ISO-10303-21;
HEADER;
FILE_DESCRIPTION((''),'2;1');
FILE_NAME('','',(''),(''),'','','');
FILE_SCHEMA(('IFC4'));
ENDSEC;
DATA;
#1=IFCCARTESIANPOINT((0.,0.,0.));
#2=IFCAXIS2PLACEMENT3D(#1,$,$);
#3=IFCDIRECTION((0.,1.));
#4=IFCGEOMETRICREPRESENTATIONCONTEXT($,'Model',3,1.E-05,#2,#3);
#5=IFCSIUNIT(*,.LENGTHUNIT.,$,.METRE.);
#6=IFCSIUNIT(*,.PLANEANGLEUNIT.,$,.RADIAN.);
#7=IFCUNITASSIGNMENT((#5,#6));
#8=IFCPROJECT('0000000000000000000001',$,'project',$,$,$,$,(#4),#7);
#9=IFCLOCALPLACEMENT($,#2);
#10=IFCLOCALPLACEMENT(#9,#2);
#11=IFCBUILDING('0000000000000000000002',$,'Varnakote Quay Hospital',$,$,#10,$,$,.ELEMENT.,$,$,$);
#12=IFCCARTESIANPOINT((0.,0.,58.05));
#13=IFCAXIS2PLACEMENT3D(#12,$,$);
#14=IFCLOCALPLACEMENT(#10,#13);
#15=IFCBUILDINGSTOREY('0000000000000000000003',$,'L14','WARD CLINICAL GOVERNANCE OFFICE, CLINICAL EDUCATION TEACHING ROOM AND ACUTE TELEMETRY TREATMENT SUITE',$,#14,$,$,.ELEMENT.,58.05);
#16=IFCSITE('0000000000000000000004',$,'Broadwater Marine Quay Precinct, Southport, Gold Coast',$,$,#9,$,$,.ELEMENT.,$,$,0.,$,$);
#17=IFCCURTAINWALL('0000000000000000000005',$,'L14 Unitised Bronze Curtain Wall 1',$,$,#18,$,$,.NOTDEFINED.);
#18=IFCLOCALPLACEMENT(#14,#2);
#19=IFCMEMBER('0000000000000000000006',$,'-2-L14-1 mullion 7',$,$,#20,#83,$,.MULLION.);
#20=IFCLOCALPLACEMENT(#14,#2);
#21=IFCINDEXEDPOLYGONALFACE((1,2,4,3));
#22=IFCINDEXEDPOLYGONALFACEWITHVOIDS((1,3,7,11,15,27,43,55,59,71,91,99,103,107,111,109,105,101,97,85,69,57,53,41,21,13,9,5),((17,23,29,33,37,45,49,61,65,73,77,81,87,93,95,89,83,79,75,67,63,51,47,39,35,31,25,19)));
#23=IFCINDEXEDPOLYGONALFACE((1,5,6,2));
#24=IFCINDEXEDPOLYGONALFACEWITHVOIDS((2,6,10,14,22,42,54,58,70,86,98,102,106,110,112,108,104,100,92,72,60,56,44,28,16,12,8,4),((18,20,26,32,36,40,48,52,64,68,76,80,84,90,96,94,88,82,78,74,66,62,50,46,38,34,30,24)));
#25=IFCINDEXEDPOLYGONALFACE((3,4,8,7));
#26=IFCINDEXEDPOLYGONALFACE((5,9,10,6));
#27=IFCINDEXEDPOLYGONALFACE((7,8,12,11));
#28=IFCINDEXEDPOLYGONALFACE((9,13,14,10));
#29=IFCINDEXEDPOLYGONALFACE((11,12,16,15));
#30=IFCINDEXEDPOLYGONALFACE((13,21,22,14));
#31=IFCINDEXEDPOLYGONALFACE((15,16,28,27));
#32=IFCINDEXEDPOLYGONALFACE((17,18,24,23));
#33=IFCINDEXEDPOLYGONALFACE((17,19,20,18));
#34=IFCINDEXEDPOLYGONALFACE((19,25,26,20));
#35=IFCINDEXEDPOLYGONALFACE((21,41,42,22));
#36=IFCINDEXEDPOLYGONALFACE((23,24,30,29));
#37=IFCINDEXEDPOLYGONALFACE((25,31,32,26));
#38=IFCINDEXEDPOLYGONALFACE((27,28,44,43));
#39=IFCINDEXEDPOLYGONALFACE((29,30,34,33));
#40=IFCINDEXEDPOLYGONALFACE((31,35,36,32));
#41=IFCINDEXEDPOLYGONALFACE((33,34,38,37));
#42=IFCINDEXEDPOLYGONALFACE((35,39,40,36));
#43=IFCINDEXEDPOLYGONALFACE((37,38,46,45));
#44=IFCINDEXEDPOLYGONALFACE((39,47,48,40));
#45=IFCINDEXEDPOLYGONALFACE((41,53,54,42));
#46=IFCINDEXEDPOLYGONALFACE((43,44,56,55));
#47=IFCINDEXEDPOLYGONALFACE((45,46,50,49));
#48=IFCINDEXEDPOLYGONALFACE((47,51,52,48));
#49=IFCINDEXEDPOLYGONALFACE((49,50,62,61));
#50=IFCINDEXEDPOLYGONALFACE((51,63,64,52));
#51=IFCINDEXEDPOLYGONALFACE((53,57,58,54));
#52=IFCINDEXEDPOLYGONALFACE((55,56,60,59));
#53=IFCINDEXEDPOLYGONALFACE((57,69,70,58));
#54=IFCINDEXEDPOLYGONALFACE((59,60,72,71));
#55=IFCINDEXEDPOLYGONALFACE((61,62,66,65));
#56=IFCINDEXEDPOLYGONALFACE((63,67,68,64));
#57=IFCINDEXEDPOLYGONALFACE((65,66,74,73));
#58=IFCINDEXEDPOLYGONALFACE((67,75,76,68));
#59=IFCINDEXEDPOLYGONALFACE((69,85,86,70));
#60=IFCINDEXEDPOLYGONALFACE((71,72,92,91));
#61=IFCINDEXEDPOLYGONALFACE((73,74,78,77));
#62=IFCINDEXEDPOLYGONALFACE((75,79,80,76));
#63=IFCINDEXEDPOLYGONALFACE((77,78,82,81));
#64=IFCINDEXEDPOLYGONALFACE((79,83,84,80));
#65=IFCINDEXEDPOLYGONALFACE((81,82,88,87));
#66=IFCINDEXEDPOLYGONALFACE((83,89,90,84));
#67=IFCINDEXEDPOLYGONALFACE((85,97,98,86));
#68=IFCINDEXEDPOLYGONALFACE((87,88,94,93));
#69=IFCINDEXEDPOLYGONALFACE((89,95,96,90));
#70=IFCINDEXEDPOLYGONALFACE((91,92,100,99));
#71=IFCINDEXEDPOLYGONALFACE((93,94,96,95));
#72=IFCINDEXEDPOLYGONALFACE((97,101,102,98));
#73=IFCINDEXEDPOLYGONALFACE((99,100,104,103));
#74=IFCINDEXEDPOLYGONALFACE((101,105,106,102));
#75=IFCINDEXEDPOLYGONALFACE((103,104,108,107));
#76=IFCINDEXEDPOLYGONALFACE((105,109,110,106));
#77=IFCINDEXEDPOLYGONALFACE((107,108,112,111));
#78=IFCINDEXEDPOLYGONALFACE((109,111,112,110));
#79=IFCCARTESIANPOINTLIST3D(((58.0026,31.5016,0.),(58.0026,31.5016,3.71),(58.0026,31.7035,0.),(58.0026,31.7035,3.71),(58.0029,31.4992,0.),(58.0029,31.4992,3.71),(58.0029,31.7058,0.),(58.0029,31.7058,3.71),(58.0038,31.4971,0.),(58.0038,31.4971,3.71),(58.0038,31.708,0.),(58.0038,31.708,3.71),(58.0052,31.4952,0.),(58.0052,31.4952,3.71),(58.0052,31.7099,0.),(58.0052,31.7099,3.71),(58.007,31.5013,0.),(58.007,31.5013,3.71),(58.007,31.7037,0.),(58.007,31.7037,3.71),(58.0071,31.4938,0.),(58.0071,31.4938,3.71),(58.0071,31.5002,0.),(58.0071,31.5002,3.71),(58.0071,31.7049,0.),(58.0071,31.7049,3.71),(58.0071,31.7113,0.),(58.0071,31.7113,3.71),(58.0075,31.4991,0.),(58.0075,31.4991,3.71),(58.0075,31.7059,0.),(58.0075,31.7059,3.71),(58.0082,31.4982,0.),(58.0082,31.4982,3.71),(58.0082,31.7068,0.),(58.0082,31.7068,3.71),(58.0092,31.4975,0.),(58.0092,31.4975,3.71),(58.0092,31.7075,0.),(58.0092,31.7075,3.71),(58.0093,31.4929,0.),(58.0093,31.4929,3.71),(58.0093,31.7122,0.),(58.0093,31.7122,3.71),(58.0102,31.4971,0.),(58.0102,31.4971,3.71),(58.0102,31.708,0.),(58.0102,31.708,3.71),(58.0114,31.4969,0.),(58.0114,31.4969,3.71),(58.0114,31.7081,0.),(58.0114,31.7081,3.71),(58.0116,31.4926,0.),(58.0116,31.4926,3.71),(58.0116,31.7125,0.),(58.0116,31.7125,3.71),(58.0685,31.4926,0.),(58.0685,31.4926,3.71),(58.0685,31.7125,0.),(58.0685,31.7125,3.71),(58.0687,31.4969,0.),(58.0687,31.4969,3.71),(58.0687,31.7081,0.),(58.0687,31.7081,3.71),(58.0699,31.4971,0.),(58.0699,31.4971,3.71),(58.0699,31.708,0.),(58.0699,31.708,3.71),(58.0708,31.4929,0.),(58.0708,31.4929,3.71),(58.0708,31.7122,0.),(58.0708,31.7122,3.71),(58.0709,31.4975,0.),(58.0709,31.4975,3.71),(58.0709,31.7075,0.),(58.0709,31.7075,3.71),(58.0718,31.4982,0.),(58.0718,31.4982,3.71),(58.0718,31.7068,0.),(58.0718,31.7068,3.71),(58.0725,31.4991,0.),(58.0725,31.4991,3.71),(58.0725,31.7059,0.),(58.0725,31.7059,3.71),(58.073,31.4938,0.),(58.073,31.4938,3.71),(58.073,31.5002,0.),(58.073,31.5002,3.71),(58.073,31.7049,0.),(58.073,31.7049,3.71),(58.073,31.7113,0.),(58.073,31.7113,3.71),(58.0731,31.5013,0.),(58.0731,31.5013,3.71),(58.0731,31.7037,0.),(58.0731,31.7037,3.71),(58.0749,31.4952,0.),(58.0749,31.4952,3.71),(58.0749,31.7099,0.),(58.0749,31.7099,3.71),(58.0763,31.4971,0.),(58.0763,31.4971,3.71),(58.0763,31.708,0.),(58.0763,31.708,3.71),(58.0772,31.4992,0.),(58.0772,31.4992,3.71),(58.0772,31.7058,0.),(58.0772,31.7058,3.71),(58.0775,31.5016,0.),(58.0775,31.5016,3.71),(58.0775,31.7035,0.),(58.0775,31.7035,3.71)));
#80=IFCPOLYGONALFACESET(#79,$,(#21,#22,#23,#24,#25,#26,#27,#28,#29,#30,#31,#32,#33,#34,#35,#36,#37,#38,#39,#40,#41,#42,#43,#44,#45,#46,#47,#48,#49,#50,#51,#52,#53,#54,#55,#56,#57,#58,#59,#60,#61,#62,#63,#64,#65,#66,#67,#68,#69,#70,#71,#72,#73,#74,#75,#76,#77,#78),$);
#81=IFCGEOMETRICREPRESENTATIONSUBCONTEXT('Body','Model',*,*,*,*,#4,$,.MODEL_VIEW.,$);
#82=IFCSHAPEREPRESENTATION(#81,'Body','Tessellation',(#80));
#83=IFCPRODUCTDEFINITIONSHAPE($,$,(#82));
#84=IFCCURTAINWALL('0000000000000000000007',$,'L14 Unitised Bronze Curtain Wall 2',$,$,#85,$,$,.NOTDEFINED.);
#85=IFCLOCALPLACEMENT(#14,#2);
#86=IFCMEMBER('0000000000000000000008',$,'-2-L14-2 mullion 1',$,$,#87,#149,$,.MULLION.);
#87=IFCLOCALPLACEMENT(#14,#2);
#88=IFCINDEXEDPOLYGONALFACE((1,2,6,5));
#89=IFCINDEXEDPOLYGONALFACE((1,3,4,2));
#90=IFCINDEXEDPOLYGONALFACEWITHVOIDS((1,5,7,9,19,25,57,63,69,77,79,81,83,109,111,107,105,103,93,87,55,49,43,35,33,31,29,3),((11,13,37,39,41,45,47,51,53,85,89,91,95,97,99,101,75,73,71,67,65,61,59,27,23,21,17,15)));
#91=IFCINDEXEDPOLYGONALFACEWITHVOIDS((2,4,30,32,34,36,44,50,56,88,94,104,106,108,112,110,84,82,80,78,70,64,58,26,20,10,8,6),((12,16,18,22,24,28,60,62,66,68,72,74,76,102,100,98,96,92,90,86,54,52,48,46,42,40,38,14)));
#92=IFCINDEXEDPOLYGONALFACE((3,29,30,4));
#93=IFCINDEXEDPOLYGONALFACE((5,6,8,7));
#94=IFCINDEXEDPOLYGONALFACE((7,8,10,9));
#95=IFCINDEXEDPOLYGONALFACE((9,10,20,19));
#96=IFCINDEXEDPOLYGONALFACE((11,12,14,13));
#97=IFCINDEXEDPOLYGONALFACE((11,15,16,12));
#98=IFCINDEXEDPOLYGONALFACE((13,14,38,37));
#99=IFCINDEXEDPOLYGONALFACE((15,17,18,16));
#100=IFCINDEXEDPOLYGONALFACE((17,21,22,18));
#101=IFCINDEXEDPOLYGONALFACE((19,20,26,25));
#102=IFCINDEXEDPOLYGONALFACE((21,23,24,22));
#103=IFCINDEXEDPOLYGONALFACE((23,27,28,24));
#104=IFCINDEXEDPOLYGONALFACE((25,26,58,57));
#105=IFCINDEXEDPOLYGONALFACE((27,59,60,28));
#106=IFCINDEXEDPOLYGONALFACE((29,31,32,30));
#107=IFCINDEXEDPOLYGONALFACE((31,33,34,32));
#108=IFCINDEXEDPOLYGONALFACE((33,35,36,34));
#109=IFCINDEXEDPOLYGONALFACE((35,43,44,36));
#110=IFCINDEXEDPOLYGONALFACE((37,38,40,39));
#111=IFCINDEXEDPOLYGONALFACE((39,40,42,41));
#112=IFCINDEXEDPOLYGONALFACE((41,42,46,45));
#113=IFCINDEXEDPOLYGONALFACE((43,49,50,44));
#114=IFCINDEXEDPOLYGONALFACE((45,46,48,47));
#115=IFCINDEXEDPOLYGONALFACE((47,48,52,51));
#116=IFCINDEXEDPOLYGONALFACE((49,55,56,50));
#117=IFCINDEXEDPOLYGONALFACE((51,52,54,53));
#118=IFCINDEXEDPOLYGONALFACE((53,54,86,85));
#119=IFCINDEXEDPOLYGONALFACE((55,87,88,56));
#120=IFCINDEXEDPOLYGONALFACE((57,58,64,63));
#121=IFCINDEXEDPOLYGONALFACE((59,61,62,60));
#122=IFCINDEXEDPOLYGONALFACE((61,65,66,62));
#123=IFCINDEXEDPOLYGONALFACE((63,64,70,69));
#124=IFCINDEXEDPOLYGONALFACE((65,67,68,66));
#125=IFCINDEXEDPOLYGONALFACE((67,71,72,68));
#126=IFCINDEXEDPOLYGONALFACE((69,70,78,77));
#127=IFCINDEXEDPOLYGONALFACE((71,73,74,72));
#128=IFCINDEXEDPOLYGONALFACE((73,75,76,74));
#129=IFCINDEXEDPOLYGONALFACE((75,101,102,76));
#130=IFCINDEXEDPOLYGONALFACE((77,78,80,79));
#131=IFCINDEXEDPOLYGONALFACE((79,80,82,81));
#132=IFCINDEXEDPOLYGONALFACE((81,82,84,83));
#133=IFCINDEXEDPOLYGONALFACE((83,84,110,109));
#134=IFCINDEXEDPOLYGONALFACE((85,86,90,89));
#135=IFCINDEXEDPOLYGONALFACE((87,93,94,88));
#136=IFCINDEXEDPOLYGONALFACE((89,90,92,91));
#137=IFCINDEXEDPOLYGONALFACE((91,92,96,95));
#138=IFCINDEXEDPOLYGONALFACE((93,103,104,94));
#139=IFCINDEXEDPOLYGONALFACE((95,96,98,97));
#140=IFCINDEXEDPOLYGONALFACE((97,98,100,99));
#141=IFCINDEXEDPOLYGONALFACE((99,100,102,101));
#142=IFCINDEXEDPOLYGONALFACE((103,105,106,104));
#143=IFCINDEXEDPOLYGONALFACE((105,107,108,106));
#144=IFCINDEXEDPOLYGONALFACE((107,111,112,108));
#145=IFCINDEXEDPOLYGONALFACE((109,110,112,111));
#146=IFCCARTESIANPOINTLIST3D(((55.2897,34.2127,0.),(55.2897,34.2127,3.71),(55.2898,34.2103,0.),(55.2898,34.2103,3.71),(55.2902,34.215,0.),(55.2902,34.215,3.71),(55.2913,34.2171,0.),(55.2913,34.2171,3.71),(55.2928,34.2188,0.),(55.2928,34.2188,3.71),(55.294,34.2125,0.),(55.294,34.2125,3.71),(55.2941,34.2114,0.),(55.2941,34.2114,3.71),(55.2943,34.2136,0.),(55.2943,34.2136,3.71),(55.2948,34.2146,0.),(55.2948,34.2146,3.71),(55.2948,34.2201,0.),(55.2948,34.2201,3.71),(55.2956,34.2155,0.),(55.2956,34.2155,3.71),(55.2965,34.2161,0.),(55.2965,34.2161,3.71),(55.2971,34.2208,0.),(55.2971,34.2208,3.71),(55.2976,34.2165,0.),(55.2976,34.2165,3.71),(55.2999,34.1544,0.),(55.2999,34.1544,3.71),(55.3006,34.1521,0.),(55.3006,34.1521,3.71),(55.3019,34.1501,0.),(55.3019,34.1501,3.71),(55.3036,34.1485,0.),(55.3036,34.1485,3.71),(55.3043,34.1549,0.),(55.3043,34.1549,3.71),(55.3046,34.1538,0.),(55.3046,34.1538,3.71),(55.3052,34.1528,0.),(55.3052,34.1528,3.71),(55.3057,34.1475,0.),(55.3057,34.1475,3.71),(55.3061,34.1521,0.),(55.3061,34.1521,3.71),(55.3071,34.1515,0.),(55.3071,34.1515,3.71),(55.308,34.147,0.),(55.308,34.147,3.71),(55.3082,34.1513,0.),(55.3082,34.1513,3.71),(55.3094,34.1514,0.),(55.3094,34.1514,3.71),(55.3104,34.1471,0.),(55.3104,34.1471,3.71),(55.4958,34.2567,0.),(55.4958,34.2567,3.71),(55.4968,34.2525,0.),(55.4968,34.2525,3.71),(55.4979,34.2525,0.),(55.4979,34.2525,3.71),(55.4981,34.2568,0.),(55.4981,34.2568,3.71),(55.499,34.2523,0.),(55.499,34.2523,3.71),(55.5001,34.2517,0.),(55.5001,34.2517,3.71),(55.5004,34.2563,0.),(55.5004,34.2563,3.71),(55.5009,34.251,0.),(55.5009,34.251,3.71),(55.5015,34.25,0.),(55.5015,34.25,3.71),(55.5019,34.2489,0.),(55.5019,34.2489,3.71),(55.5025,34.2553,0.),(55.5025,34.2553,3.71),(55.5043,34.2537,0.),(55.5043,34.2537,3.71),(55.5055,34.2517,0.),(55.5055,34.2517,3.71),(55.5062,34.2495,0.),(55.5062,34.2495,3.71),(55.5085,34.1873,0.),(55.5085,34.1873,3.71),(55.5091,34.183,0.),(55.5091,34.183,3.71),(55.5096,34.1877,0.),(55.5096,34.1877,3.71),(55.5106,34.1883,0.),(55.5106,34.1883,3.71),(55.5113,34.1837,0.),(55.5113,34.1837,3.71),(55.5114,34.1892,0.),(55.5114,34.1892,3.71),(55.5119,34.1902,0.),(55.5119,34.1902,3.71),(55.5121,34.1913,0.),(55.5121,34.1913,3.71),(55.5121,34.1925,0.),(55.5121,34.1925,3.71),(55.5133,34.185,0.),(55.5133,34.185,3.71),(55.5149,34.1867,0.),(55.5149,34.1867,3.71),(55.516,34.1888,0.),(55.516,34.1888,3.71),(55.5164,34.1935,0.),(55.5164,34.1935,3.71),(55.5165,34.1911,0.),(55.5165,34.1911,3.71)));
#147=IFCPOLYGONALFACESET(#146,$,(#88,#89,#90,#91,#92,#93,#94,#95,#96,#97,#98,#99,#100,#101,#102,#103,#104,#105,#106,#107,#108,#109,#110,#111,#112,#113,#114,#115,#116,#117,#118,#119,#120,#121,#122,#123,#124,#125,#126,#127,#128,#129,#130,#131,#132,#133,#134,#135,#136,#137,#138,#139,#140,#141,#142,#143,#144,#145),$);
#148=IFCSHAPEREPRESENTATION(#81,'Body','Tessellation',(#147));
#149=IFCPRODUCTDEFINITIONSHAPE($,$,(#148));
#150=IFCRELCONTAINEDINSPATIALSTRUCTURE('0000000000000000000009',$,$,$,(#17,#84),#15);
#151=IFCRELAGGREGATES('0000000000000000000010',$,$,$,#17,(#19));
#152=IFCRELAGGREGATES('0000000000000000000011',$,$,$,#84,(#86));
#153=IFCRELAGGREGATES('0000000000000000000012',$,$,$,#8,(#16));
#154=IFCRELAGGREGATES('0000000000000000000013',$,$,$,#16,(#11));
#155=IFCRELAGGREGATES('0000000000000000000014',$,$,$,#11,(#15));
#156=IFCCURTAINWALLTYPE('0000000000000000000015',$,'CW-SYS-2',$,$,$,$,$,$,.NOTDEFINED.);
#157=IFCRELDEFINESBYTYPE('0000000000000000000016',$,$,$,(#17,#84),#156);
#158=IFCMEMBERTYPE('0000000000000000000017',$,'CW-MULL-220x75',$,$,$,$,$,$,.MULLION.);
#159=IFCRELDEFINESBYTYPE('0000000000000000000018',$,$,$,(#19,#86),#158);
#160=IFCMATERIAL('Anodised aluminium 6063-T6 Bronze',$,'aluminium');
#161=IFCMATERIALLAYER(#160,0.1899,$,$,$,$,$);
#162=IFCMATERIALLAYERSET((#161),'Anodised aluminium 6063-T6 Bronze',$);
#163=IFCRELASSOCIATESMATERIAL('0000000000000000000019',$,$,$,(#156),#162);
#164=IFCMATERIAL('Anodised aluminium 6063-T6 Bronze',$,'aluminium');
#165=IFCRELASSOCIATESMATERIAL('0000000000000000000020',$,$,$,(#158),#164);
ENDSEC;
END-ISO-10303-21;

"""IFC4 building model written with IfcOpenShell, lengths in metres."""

from ifc_helpers import new_model, si_unit, direction, frame, origin, origin_2d, place, context, subcontext, project, spatial, hollow_rectangle, extrude, material, layer, layer_set, material_profile, profile_set, type_object, element, aggregate, save


model = new_model("IFC4")

# Units and contexts
model_context = context("Model", 3, precision=1e-05, world=origin(), true_north=direction((0.0, 1.0)))
body_context = subcontext(model_context, "Body", "Model", "MODEL_VIEW")
ifc_project = project(units=[si_unit("LENGTHUNIT", "METRE"), si_unit("PLANEANGLEUNIT", "RADIAN")], contexts=[model_context])

# Site, building, storey
site_placement = place(None, origin())
site = spatial("IfcSite", under=ifc_project, at=site_placement, Name="Broadwater Marine Quay Precinct, Southport, Gold Coast", CompositionType="ELEMENT", RefElevation=0.0)
building_placement = place(site_placement, origin())
building = spatial("IfcBuilding", under=site, at=building_placement, Name="Varnakote Quay Hospital", CompositionType="ELEMENT")
storey_placement = place(building_placement, frame((0.0, 0.0, 58.05)))
storey = spatial("IfcBuildingStorey", under=building, at=storey_placement, Name="L14", Description="WARD CLINICAL GOVERNANCE OFFICE, CLINICAL EDUCATION TEACHING ROOM AND ACUTE TELEMETRY TREATMENT SUITE", CompositionType="ELEMENT", Elevation=58.05)

# Curtain wall, member
ifc_material_1 = material(Name="Anodised aluminium 6063-T6 Bronze", Category="aluminium")
ifc_layer_1 = layer(ifc_material_1, 0.1899)
ifc_layer_set_1 = layer_set([ifc_layer_1], Name="Anodised aluminium 6063-T6 Bronze")
curtain_wall_type = type_object("IfcCurtainWallType", Name="CW-SYS-2", PredefinedType="NOTDEFINED", material=ifc_layer_set_1)
curtain_wall_1_placement = place(storey_placement, origin())
curtain_wall_1 = element("IfcCurtainWall", 1, at=curtain_wall_1_placement, inside=storey, type_object=curtain_wall_type, Name="L14 Unitised Bronze Curtain Wall 1", PredefinedType="NOTDEFINED")
ifc_material_2 = material(Name="Anodised aluminium 6063-T6 Bronze", Category="aluminium")
ifc_material_profile_1 = material_profile(ifc_material_2, hollow_rectangle(XDim=0.075, YDim=0.22, WallThickness=0.0044, InnerFilletRadius=0.0044, OuterFilletRadius=0.009, at=origin_2d()), Name="CW-MULL-220x75")
ifc_profile_set_1 = profile_set([ifc_material_profile_1], Name="Anodised aluminium 6063-T6 Bronze")
member_type_1 = type_object("IfcMemberType", Name="CW-MULL-220x75", PredefinedType="MULLION", material=ifc_profile_set_1)
member_1_placement = place(storey_placement, frame((58.04, 31.6025, 0.0), z_axis=(0.0, 0.0, 1.0), x_axis=(-1.0, 0.0, 0.0)))
member_1 = element("IfcMember", 2, at=member_1_placement, type_object=member_type_1, Name="-2-L14-1 mullion 7", PredefinedType="MULLION", context=body_context, shape_type="SweptSolid", body=[
    extrude(hollow_rectangle(XDim=0.075, YDim=0.22, WallThickness=0.0044, InnerFilletRadius=0.0044, OuterFilletRadius=0.009, at=origin_2d()), origin(), (0.0, 0.0, 1.0), 3.71),
])

# Curtain wall, member
curtain_wall_2_placement = place(storey_placement, origin())
curtain_wall_2 = element("IfcCurtainWall", 3, at=curtain_wall_2_placement, inside=storey, type_object=curtain_wall_type, Name="L14 Unitised Bronze Curtain Wall 2", PredefinedType="NOTDEFINED")
member_2_placement = place(storey_placement, frame((55.4031, 34.2019, 0.0), z_axis=(0.0, 0.0, 1.0), x_axis=(0.177846, -0.984058, 0.0)))
member_2 = element("IfcMember", 4, at=member_2_placement, type_object=member_type_1, Name="-2-L14-2 mullion 1", PredefinedType="MULLION", context=body_context, shape_type="SweptSolid", body=[
    extrude(hollow_rectangle(XDim=0.075, YDim=0.22, WallThickness=0.0044, InnerFilletRadius=0.0044, OuterFilletRadius=0.009, at=origin_2d()), origin(), (0.0, 0.0, 1.0), 3.71),
])

aggregate(curtain_wall_1, [member_1])
aggregate(curtain_wall_2, [member_2])

save(model, "model.ifc")
